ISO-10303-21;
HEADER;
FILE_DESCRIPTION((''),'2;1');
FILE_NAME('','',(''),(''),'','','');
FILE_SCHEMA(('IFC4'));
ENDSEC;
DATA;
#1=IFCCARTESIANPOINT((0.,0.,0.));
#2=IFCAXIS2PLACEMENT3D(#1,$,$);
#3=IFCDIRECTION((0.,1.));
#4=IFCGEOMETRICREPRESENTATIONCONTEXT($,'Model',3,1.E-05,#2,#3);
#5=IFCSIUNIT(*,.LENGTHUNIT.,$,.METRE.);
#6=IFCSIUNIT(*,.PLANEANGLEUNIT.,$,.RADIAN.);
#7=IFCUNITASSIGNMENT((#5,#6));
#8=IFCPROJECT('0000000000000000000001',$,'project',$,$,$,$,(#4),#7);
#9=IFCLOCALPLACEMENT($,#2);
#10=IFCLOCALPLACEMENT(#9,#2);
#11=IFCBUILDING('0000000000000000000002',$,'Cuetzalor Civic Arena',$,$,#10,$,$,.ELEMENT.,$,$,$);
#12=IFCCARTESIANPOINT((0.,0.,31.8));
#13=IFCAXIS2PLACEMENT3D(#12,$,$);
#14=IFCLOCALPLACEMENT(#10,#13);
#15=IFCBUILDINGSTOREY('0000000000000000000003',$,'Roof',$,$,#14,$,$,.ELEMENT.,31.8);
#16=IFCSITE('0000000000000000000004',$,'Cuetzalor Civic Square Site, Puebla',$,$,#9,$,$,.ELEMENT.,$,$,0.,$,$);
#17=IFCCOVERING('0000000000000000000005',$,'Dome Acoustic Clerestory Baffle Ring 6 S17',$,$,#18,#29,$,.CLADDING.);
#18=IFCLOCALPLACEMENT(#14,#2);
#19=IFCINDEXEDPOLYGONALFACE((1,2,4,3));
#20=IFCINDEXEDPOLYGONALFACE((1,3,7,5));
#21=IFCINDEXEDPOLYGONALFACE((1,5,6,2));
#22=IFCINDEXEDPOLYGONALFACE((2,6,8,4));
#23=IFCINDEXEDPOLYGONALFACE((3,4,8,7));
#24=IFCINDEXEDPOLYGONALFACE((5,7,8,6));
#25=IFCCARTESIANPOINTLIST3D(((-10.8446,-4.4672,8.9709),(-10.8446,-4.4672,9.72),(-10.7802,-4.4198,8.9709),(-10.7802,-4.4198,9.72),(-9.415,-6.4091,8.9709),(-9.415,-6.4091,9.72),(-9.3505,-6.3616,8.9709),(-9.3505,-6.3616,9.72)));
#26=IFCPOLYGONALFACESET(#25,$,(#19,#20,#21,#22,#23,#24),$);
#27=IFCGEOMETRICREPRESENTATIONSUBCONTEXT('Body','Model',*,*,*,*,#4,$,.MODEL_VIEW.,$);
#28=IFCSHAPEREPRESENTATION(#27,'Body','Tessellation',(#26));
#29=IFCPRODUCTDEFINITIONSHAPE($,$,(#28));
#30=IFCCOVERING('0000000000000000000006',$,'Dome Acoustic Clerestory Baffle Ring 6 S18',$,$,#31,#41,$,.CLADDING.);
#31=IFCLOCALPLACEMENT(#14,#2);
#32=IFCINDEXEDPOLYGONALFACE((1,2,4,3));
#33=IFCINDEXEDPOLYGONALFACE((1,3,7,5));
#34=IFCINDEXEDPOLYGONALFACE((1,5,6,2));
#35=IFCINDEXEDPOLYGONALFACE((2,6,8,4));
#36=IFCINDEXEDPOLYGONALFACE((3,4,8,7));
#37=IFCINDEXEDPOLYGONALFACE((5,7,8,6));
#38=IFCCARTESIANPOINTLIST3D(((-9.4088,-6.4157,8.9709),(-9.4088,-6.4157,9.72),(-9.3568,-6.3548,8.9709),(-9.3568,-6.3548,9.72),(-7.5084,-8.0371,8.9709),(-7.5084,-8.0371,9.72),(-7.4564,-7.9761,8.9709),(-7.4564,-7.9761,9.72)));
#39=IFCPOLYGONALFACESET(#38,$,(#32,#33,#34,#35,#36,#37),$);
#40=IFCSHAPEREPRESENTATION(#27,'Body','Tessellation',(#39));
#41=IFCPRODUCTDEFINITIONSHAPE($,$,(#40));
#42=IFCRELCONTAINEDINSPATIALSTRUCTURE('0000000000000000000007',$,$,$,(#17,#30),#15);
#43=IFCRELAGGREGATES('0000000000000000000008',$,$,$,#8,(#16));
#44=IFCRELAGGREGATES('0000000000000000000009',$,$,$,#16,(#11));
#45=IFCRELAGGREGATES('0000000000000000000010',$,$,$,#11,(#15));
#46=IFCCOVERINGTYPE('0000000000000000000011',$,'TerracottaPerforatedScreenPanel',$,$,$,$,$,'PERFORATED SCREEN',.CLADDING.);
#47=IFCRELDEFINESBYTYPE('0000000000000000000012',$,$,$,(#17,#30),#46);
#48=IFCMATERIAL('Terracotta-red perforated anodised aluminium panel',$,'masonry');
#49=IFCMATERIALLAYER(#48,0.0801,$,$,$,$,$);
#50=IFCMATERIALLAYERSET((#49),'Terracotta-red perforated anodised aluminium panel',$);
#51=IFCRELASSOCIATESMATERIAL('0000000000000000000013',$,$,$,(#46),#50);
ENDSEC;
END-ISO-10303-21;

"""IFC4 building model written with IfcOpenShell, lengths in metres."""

from ifc_helpers import new_model, si_unit, direction, frame, frame_2d, origin, place, context, subcontext, project, spatial, rectangle, extrude, material, layer, layer_set, type_object, element, save


model = new_model("IFC4")

# Units and contexts
model_context = context("Model", 3, precision=1e-05, world=origin(), true_north=direction((0.0, 1.0)))
body_context = subcontext(model_context, "Body", "Model", "MODEL_VIEW")
ifc_project = project(units=[si_unit("LENGTHUNIT", "METRE"), si_unit("PLANEANGLEUNIT", "RADIAN")], contexts=[model_context])

# Site, building, storey
site_placement = place(None, origin())
site = spatial("IfcSite", under=ifc_project, at=site_placement, Name="Cuetzalor Civic Square Site, Puebla", CompositionType="ELEMENT", RefElevation=0.0)
building_placement = place(site_placement, origin())
building = spatial("IfcBuilding", under=site, at=building_placement, Name="Cuetzalor Civic Arena", CompositionType="ELEMENT")
storey_placement = place(building_placement, frame((0.0, 0.0, 31.8)))
storey = spatial("IfcBuildingStorey", under=building, at=storey_placement, Name="Roof", CompositionType="ELEMENT", Elevation=31.8)

# Coverings
ifc_material_1 = material(Name="Terracotta-red perforated anodised aluminium panel", Category="masonry")
ifc_layer_1 = layer(ifc_material_1, 0.0801)
ifc_layer_set_1 = layer_set([ifc_layer_1], Name="Terracotta-red perforated anodised aluminium panel")
covering_type = type_object("IfcCoveringType", Name="TerracottaPerforatedScreenPanel", ElementType="PERFORATED SCREEN", PredefinedType="CLADDING", material=ifc_layer_set_1)
covering_1_placement = place(storey_placement, frame((-9.3828, -6.3853, 8.9709), z_axis=(0.0, 0.0, 1.0), x_axis=(-0.592881, 0.80529, 0.0)))
element("IfcCovering", 1, at=covering_1_placement, inside=storey, type_object=covering_type, Name="Dome Acoustic Clerestory Baffle Ring 6 S17", PredefinedType="CLADDING", context=body_context, shape_type="SweptSolid", body=[
    extrude(rectangle(XDim=2.4114, YDim=0.0801, at=frame_2d((1.2056, 0.0))), origin(), (0.0, 0.0, 1.0), 0.749),
])
covering_2_placement = place(storey_placement, frame((-7.4824, -8.0066, 8.9709), z_axis=(0.0, 0.0, 1.0), x_axis=(-0.760752, 0.649043, 0.0)))
element("IfcCovering", 2, at=covering_2_placement, inside=storey, type_object=covering_type, Name="Dome Acoustic Clerestory Baffle Ring 6 S18", PredefinedType="CLADDING", context=body_context, shape_type="SweptSolid", body=[
    extrude(rectangle(XDim=2.498, YDim=0.0801, at=frame_2d((1.249, 0.0))), origin(), (0.0, 0.0, 1.0), 0.749),
])

save(model, "model.ifc")
